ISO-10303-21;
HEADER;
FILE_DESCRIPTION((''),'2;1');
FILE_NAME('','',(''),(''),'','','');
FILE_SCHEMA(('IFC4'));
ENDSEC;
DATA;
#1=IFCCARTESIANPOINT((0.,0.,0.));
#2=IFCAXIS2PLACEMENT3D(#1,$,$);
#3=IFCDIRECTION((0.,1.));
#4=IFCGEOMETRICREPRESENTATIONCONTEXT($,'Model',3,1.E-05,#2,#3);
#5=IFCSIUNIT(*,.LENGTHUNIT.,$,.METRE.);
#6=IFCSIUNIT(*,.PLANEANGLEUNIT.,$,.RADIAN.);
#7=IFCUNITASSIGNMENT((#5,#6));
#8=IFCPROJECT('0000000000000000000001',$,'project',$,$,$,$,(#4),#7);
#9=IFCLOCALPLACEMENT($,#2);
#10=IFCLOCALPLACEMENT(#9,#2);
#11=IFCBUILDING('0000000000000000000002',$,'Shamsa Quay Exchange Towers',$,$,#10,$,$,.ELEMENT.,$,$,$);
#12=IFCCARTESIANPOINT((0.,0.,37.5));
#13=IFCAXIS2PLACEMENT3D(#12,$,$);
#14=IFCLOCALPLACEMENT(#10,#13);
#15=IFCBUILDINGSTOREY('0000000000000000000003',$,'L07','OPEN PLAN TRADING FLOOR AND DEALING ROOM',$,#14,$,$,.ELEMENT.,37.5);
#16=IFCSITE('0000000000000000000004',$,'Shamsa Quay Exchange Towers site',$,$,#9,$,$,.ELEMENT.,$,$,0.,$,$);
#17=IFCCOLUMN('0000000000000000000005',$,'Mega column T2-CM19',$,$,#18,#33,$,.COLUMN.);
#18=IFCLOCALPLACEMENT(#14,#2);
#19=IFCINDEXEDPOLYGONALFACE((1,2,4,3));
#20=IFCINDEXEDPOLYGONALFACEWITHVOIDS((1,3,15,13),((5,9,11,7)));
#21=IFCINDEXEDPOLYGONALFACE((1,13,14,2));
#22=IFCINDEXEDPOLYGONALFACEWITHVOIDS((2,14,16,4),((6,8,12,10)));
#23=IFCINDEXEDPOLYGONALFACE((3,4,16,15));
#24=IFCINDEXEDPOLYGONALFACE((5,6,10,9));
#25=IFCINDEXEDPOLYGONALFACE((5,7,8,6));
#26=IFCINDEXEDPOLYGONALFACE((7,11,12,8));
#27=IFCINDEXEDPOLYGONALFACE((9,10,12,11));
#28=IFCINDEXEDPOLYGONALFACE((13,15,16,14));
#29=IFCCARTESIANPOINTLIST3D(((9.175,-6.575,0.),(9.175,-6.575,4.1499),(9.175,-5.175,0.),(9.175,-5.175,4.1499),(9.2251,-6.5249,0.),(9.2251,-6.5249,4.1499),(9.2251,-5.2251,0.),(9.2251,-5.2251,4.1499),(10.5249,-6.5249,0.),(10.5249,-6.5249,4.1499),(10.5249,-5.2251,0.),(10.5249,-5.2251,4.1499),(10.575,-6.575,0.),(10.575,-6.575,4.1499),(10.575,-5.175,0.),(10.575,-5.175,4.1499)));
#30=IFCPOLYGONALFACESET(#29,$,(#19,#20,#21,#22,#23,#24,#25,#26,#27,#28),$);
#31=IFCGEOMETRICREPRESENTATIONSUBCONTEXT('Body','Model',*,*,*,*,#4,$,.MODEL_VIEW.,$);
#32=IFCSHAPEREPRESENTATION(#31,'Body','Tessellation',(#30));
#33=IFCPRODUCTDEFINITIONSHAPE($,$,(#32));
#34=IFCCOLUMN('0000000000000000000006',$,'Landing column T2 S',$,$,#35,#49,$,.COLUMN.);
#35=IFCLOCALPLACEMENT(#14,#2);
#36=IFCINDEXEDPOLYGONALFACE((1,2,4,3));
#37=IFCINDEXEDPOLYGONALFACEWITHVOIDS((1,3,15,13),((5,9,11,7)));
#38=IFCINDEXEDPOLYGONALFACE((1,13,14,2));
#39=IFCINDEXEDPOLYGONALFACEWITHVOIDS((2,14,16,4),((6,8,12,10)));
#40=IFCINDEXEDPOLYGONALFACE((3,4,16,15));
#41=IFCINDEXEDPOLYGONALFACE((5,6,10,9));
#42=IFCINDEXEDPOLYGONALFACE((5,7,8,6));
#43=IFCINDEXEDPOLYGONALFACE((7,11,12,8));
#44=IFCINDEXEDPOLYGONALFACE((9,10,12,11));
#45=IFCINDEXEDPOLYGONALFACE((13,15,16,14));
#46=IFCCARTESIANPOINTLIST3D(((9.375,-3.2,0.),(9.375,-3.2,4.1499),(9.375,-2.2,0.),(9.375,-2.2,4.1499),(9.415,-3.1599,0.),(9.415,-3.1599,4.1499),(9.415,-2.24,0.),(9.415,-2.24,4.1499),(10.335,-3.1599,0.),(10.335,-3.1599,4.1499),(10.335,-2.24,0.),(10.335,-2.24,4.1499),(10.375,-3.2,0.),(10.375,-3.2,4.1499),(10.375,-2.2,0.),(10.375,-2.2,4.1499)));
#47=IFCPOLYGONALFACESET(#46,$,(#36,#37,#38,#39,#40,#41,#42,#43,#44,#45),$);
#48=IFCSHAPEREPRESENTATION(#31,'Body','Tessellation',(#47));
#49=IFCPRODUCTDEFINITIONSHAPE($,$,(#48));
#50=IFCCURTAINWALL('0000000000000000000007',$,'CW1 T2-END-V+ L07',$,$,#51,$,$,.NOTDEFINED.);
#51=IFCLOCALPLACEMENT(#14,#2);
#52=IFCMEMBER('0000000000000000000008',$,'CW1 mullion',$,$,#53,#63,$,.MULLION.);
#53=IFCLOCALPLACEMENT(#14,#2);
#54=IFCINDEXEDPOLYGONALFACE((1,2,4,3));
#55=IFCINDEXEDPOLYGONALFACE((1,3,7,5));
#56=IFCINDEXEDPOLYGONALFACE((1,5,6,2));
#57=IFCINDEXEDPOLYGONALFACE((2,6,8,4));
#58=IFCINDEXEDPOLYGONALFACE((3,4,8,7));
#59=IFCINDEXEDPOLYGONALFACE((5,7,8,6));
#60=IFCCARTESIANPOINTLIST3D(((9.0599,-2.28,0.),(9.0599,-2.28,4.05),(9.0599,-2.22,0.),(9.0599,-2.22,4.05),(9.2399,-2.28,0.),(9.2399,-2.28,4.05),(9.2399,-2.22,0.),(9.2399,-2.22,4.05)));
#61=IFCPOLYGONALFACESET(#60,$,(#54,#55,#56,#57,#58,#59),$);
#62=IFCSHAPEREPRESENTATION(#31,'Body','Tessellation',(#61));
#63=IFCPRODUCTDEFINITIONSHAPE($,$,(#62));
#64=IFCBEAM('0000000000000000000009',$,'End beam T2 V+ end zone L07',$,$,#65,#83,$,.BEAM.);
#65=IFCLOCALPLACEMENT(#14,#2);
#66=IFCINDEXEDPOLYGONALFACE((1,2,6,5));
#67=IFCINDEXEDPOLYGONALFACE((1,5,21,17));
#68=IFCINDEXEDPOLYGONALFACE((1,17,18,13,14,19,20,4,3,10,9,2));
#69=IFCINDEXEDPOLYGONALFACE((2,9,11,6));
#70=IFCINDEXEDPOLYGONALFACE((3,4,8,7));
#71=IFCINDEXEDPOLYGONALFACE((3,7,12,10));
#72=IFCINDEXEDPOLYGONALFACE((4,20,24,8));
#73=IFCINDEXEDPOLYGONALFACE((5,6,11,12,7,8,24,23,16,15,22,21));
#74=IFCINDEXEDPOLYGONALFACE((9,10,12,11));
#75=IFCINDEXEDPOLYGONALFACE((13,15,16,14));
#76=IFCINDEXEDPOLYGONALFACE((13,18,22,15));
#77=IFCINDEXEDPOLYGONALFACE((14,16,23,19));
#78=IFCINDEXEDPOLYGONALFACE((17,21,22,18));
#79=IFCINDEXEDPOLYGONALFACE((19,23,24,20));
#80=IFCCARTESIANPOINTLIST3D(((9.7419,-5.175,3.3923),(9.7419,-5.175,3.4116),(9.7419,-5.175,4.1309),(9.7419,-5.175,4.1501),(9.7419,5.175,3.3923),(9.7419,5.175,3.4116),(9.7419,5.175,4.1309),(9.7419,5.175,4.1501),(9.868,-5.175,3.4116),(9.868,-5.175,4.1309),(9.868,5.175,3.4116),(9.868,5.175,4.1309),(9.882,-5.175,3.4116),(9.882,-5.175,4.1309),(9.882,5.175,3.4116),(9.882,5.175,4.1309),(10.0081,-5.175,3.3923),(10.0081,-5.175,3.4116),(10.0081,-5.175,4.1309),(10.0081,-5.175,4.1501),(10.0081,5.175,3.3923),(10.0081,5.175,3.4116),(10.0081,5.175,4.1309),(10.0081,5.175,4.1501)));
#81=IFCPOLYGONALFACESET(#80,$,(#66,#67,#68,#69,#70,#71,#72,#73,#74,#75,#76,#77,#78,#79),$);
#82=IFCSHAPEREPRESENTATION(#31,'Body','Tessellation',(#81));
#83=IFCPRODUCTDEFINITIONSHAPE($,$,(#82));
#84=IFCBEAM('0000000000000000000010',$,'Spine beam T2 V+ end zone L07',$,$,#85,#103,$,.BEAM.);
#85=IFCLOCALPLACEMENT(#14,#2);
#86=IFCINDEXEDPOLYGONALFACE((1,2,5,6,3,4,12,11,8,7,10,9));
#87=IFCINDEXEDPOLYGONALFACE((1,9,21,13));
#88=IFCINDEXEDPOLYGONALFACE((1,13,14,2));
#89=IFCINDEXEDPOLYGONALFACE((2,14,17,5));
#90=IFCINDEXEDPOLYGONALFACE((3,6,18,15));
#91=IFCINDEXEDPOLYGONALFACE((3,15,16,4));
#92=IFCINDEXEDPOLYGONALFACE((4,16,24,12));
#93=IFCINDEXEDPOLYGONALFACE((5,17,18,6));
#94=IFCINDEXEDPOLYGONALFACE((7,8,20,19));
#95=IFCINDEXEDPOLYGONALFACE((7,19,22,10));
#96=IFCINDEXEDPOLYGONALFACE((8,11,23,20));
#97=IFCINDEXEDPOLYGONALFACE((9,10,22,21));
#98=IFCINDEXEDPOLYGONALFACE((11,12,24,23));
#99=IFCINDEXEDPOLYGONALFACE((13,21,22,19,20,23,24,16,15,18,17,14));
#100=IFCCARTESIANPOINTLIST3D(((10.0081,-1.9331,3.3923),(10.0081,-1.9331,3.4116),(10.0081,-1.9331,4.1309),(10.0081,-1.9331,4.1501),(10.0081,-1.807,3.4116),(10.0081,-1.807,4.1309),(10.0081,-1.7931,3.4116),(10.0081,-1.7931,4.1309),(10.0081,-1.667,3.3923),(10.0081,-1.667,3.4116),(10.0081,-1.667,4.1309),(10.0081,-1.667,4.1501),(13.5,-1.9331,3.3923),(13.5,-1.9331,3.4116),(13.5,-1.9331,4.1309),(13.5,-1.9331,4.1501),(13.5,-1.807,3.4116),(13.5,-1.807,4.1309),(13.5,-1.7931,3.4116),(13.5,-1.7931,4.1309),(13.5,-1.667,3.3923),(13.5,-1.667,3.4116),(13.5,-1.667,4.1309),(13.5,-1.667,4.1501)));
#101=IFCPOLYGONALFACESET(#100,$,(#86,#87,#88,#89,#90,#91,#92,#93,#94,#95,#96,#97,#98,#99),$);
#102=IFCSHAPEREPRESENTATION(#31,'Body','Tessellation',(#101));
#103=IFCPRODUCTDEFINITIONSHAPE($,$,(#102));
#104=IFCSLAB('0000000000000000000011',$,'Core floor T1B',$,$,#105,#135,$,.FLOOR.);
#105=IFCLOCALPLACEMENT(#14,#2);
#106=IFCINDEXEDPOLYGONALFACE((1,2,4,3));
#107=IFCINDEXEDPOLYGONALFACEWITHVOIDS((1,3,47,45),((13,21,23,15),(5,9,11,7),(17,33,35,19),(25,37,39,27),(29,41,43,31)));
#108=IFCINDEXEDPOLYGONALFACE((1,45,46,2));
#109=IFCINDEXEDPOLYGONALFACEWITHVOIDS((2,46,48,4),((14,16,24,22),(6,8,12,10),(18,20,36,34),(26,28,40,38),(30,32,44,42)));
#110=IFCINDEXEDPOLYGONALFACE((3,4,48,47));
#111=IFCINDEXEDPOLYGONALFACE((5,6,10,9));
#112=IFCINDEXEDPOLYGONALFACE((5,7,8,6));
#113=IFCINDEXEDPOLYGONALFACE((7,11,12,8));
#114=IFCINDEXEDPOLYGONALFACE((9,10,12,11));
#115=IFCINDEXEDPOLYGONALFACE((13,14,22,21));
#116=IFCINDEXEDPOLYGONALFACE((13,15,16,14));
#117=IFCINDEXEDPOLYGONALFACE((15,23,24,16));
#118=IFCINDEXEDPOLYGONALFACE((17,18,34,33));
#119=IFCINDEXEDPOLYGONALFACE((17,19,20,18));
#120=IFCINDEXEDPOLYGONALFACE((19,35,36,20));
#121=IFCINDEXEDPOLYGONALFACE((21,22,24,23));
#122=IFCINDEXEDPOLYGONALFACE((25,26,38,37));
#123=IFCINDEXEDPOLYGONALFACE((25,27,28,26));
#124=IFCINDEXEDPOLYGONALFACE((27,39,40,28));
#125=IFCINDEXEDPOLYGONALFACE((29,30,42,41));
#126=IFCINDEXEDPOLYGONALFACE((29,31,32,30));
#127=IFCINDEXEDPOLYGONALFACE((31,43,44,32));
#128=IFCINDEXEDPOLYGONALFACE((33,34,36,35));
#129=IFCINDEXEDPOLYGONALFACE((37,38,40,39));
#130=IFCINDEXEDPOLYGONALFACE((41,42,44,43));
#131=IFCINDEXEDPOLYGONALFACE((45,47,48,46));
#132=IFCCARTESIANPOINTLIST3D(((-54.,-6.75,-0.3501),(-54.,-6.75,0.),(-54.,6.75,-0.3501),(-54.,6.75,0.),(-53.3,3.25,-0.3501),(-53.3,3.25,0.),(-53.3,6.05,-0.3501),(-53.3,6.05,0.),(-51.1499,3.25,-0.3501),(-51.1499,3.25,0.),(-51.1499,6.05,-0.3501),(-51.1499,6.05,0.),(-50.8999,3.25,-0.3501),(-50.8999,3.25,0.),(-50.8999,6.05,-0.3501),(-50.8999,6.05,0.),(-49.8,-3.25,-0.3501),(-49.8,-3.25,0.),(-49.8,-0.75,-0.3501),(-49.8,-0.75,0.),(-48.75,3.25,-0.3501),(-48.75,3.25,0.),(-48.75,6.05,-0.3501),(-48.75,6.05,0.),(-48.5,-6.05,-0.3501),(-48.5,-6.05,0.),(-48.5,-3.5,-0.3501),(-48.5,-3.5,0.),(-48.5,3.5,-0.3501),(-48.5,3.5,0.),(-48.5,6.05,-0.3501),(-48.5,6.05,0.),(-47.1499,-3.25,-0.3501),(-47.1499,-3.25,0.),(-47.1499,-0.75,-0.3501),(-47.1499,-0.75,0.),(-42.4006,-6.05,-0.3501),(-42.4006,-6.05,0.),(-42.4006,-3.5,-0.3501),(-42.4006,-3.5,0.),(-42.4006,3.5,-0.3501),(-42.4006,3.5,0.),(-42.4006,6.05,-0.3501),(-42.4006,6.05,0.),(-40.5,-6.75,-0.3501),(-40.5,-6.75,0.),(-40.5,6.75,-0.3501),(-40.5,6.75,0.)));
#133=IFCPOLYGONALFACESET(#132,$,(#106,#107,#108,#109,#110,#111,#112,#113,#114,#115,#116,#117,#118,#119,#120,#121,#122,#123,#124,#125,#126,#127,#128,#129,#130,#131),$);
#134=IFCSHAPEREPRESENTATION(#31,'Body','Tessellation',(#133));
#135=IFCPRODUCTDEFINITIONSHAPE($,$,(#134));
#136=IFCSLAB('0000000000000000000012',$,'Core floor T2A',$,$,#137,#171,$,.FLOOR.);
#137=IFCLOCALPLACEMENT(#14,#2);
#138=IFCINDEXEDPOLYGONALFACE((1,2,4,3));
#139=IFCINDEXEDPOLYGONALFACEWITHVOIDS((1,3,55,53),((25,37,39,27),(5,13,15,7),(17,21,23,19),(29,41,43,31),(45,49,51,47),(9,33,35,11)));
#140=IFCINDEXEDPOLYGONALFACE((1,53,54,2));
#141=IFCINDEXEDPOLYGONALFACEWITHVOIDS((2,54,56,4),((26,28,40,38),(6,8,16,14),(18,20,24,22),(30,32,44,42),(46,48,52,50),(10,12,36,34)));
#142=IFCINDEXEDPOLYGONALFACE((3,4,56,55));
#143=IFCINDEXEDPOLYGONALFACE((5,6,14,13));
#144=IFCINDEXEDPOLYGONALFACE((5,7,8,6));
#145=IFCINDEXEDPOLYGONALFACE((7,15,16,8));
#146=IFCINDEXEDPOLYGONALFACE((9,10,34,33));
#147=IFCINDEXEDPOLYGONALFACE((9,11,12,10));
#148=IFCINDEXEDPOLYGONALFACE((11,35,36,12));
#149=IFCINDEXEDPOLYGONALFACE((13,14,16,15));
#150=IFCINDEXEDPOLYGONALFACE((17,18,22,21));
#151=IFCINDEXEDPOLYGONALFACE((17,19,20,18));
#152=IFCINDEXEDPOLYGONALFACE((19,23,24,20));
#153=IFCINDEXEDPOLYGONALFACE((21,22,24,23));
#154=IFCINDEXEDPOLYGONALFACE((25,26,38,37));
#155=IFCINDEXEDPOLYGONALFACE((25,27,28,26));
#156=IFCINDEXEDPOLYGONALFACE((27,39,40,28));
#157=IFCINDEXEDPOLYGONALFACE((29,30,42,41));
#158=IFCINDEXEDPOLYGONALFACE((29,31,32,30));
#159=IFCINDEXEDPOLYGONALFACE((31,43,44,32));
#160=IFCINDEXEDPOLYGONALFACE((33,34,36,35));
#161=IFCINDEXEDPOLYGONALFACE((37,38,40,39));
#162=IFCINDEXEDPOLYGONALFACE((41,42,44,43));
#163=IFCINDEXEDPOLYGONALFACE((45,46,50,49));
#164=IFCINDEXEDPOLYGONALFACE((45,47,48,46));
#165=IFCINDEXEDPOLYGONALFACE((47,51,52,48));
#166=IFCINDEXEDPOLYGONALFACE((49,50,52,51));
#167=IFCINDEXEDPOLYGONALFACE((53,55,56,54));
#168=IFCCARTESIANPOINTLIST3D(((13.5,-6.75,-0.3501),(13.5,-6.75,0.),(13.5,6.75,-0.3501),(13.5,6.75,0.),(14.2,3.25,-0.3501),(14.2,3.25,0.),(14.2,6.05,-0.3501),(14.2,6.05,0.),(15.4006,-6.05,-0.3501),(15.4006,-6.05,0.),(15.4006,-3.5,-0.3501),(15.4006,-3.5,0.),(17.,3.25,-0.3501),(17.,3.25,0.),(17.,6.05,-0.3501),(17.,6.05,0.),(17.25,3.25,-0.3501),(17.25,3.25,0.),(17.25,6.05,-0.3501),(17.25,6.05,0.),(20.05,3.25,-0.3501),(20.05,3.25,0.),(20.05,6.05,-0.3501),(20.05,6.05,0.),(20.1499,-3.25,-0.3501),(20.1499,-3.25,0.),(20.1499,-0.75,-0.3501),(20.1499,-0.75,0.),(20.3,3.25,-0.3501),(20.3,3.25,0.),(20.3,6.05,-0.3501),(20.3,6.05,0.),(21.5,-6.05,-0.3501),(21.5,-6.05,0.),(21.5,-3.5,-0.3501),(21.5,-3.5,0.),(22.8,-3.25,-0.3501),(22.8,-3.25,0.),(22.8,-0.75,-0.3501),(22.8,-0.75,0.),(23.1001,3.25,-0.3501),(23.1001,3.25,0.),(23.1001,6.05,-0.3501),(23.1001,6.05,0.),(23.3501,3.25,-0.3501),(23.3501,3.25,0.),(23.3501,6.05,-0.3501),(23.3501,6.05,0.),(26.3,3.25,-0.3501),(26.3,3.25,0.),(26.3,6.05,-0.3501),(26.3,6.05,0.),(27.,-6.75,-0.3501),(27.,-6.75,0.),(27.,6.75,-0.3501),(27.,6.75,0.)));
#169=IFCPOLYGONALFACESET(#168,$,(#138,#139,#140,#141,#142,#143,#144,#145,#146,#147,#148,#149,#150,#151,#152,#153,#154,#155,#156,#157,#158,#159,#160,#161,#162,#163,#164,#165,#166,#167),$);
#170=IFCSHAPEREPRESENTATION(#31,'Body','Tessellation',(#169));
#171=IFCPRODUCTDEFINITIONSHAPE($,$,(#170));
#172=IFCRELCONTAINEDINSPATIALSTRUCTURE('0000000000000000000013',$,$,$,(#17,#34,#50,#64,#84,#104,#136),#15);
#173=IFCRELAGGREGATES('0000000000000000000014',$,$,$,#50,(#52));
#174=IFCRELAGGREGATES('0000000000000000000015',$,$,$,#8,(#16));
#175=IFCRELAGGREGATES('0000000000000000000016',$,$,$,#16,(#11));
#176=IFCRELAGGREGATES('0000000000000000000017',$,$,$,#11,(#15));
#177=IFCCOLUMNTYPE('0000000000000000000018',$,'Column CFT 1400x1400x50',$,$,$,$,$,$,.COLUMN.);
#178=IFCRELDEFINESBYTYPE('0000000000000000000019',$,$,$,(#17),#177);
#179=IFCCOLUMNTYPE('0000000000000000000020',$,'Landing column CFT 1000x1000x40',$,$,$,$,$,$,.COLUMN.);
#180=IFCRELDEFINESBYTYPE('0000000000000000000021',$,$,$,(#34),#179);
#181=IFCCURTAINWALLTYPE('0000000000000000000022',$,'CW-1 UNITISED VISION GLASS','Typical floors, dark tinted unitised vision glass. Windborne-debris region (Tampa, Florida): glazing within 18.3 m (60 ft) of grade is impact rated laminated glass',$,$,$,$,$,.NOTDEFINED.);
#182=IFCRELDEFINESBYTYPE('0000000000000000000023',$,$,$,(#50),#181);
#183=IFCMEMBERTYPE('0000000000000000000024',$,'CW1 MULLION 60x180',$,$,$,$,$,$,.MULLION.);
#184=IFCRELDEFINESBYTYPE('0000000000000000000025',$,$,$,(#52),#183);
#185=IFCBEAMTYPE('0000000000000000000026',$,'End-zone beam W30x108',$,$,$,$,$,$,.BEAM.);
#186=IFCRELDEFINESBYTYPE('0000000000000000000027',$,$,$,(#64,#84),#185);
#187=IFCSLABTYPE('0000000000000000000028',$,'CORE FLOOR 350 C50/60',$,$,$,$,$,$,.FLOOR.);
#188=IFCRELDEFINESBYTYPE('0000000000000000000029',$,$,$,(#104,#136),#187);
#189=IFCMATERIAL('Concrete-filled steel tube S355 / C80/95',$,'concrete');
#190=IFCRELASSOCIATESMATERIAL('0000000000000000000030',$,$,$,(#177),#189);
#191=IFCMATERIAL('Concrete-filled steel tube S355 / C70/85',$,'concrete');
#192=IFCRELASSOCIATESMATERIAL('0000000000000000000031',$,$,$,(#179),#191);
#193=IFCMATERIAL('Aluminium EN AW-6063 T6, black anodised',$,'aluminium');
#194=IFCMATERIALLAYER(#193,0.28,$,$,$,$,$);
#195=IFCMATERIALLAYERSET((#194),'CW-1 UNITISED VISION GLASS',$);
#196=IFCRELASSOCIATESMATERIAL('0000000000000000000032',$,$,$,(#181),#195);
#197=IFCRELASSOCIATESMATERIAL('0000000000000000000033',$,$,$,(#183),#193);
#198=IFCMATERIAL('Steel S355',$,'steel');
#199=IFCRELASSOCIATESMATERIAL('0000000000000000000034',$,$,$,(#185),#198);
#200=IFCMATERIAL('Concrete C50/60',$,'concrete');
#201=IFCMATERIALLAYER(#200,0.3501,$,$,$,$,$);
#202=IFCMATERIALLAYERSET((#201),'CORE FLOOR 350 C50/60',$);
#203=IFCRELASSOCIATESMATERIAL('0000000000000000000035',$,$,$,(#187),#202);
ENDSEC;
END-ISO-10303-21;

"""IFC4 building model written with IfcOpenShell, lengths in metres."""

from ifc_helpers import new_model, si_unit, direction, frame, origin, origin_2d, place, context, subcontext, project, spatial, polyline, rectangle, hollow_rectangle, i_section, outline, extrude, material, layer, layer_set, material_profile, profile_set, type_object, element, aggregate, save


model = new_model("IFC4")

# Units and contexts
model_context = context("Model", 3, precision=1e-05, world=origin(), true_north=direction((0.0, 1.0)))
body_context = subcontext(model_context, "Body", "Model", "MODEL_VIEW")
ifc_project = project(units=[si_unit("LENGTHUNIT", "METRE"), si_unit("PLANEANGLEUNIT", "RADIAN")], contexts=[model_context])

# Site, building, storey
site_placement = place(None, origin())
site = spatial("IfcSite", under=ifc_project, at=site_placement, Name="Shamsa Quay Exchange Towers site", CompositionType="ELEMENT", RefElevation=0.0)
building_placement = place(site_placement, origin())
building = spatial("IfcBuilding", under=site, at=building_placement, Name="Shamsa Quay Exchange Towers", CompositionType="ELEMENT")
storey_placement = place(building_placement, frame((0.0, 0.0, 37.5)))
storey = spatial("IfcBuildingStorey", under=building, at=storey_placement, Name="L07", Description="OPEN PLAN TRADING FLOOR AND DEALING ROOM", CompositionType="ELEMENT", Elevation=37.5)

# Columns
ifc_material_1 = material(Name="Concrete-filled steel tube S355 / C80/95", Category="concrete")
ifc_material_profile_1 = material_profile(ifc_material_1, hollow_rectangle(XDim=1.3999, YDim=1.3999, WallThickness=0.05, at=origin_2d()), Name="CFT 1400x1400x50")
ifc_profile_set_1 = profile_set([ifc_material_profile_1], Name="Concrete-filled steel tube S355 / C80/95")
column_type_1 = type_object("IfcColumnType", Name="Column CFT 1400x1400x50", PredefinedType="COLUMN", material=ifc_profile_set_1)
column_1_placement = place(storey_placement, frame((9.875, -5.875, 0.0)))
element("IfcColumn", 1, at=column_1_placement, inside=storey, type_object=column_type_1, Name="Mega column T2-CM19", PredefinedType="COLUMN", context=body_context, shape_type="SweptSolid", body=[
    extrude(hollow_rectangle(XDim=1.3999, YDim=1.3999, WallThickness=0.05, at=origin_2d()), origin(), (0.0, 0.0, 1.0), 4.1499),
])
ifc_material_2 = material(Name="Concrete-filled steel tube S355 / C70/85", Category="concrete")
ifc_material_profile_2 = material_profile(ifc_material_2, hollow_rectangle(XDim=1.0, YDim=1.0, WallThickness=0.04, at=origin_2d()), Name="CFT 1000x1000x40")
ifc_profile_set_2 = profile_set([ifc_material_profile_2], Name="Concrete-filled steel tube S355 / C70/85")
column_type_2 = type_object("IfcColumnType", Name="Landing column CFT 1000x1000x40", PredefinedType="COLUMN", material=ifc_profile_set_2)
column_2_placement = place(storey_placement, frame((9.875, -2.7, 0.0)))
element("IfcColumn", 2, at=column_2_placement, inside=storey, type_object=column_type_2, Name="Landing column T2 S", PredefinedType="COLUMN", context=body_context, shape_type="SweptSolid", body=[
    extrude(hollow_rectangle(XDim=1.0, YDim=1.0, WallThickness=0.04, at=origin_2d()), origin(), (0.0, 0.0, 1.0), 4.1499),
])

# Curtain wall, member
ifc_material_3 = material(Name="Aluminium EN AW-6063 T6, black anodised", Category="aluminium")
ifc_layer_1 = layer(ifc_material_3, 0.28)
ifc_layer_set_1 = layer_set([ifc_layer_1], Name="CW-1 UNITISED VISION GLASS")
curtain_wall_type_1 = type_object("IfcCurtainWallType", Name="CW-1 UNITISED VISION GLASS", Description="Typical floors, dark tinted unitised vision glass. Windborne-debris region (Tampa, Florida): glazing within 18.3 m (60 ft) of grade is impact rated laminated glass", PredefinedType="NOTDEFINED", material=ifc_layer_set_1)
curtain_wall_1_placement = place(storey_placement, origin())
curtain_wall_1 = element("IfcCurtainWall", 3, at=curtain_wall_1_placement, inside=storey, type_object=curtain_wall_type_1, Name="CW1 T2-END-V+ L07", PredefinedType="NOTDEFINED")
ifc_material_profile_3 = material_profile(ifc_material_3, rectangle(XDim=0.1799, YDim=0.0601, at=origin_2d()), Name="MU60x180")
ifc_profile_set_3 = profile_set([ifc_material_profile_3], Name="Aluminium EN AW-6063 T6, black anodised")
member_type = type_object("IfcMemberType", Name="CW1 MULLION 60x180", PredefinedType="MULLION", material=ifc_profile_set_3)
member_placement = place(storey_placement, frame((9.1499, -2.25, 0.0)))
member = element("IfcMember", 4, at=member_placement, type_object=member_type, Name="CW1 mullion", PredefinedType="MULLION", context=body_context, shape_type="SweptSolid", body=[
    extrude(rectangle(XDim=0.1799, YDim=0.0601, at=origin_2d()), origin(), (0.0, 0.0, 1.0), 4.05),
])

# Beams
ifc_material_4 = material(Name="Steel S355", Category="steel")
ifc_material_profile_4 = material_profile(ifc_material_4, i_section(OverallWidth=0.2661, OverallDepth=0.7578, WebThickness=0.0139, FlangeThickness=0.0193, at=origin_2d()), Name="W30x108")
ifc_profile_set_4 = profile_set([ifc_material_profile_4], Name="Steel S355")
beam_type = type_object("IfcBeamType", Name="End-zone beam W30x108", PredefinedType="BEAM", material=ifc_profile_set_4)
beam_1_placement = place(storey_placement, frame((9.875, -5.175, 3.7712), z_axis=(0.0, 1.0, 0.0), x_axis=(-1.0, 0.0, 0.0)))
element("IfcBeam", 5, at=beam_1_placement, inside=storey, type_object=beam_type, Name="End beam T2 V+ end zone L07", PredefinedType="BEAM", context=body_context, shape_type="SweptSolid", body=[
    extrude(i_section(OverallWidth=0.2661, OverallDepth=0.7578, WebThickness=0.0139, FlangeThickness=0.0193, at=origin_2d()), origin(), (0.0, 0.0, 1.0), 10.3501),
])
beam_2_placement = place(storey_placement, frame((13.5, -1.8, 3.7712), z_axis=(-1.0, 0.0, 0.0), x_axis=(0.0, -1.0, 0.0)))
element("IfcBeam", 6, at=beam_2_placement, inside=storey, type_object=beam_type, Name="Spine beam T2 V+ end zone L07", PredefinedType="BEAM", context=body_context, shape_type="SweptSolid", body=[
    extrude(i_section(OverallWidth=0.2661, OverallDepth=0.7578, WebThickness=0.0139, FlangeThickness=0.0193, at=origin_2d()), origin(), (0.0, 0.0, 1.0), 3.4919),
])

# Slabs
ifc_material_5 = material(Name="Concrete C50/60", Category="concrete")
ifc_layer_2 = layer(ifc_material_5, 0.3501)
ifc_layer_set_2 = layer_set([ifc_layer_2], Name="CORE FLOOR 350 C50/60")
slab_type_1 = type_object("IfcSlabType", Name="CORE FLOOR 350 C50/60", PredefinedType="FLOOR", material=ifc_layer_set_2)
slab_1_placement = place(storey_placement, frame((0.0, 0.0, -0.3501)))
element("IfcSlab", 7, at=slab_1_placement, inside=storey, type_object=slab_type_1, Name="Core floor T1B", PredefinedType="FLOOR", context=body_context, shape_type="SweptSolid", body=[
    extrude(outline(polyline([(-40.5, -6.75), (-40.5, 6.75), (-54.0, 6.75), (-54.0, -6.75), (-40.5, -6.75)]), holes=[polyline([(-42.4006, -3.5), (-42.4006, -6.05), (-48.5, -6.05), (-48.5, -3.5), (-42.4006, -3.5)]), polyline([(-42.4006, 6.05), (-42.4006, 3.5), (-48.5, 3.5), (-48.5, 6.05), (-42.4006, 6.05)]), polyline([(-48.75, 3.25), (-50.8999, 3.25), (-50.8999, 6.05), (-48.75, 6.05), (-48.75, 3.25)]), polyline([(-51.1499, 3.25), (-53.3, 3.25), (-53.3, 6.05), (-51.1499, 6.05), (-51.1499, 3.25)]), polyline([(-47.1499, -3.25), (-49.8, -3.25), (-49.8, -0.75), (-47.1499, -0.75), (-47.1499, -3.25)])]), origin(), (0.0, 0.0, 1.0), 0.3501),
])
slab_2_placement = place(storey_placement, frame((0.0, 0.0, -0.3501)))
element("IfcSlab", 8, at=slab_2_placement, inside=storey, type_object=slab_type_1, Name="Core floor T2A", PredefinedType="FLOOR", context=body_context, shape_type="SweptSolid", body=[
    extrude(outline(polyline([(13.5, -6.75), (27.0, -6.75), (27.0, 6.75), (13.5, 6.75), (13.5, -6.75)]), holes=[polyline([(15.4006, -6.05), (15.4006, -3.5), (21.5, -3.5), (21.5, -6.05), (15.4006, -6.05)]), polyline([(14.2, 3.25), (14.2, 6.05), (17.0, 6.05), (17.0, 3.25), (14.2, 3.25)]), polyline([(17.25, 3.25), (17.25, 6.05), (20.05, 6.05), (20.05, 3.25), (17.25, 3.25)]), polyline([(20.3, 3.25), (20.3, 6.05), (23.1001, 6.05), (23.1001, 3.25), (20.3, 3.25)]), polyline([(23.3501, 3.25), (23.3501, 6.05), (26.3, 6.05), (26.3, 3.25), (23.3501, 3.25)]), polyline([(20.1499, -3.25), (20.1499, -0.75), (22.8, -0.75), (22.8, -3.25), (20.1499, -3.25)])]), origin(), (0.0, 0.0, 1.0), 0.3501),
])

aggregate(curtain_wall_1, [member])

save(model, "model.ifc")
